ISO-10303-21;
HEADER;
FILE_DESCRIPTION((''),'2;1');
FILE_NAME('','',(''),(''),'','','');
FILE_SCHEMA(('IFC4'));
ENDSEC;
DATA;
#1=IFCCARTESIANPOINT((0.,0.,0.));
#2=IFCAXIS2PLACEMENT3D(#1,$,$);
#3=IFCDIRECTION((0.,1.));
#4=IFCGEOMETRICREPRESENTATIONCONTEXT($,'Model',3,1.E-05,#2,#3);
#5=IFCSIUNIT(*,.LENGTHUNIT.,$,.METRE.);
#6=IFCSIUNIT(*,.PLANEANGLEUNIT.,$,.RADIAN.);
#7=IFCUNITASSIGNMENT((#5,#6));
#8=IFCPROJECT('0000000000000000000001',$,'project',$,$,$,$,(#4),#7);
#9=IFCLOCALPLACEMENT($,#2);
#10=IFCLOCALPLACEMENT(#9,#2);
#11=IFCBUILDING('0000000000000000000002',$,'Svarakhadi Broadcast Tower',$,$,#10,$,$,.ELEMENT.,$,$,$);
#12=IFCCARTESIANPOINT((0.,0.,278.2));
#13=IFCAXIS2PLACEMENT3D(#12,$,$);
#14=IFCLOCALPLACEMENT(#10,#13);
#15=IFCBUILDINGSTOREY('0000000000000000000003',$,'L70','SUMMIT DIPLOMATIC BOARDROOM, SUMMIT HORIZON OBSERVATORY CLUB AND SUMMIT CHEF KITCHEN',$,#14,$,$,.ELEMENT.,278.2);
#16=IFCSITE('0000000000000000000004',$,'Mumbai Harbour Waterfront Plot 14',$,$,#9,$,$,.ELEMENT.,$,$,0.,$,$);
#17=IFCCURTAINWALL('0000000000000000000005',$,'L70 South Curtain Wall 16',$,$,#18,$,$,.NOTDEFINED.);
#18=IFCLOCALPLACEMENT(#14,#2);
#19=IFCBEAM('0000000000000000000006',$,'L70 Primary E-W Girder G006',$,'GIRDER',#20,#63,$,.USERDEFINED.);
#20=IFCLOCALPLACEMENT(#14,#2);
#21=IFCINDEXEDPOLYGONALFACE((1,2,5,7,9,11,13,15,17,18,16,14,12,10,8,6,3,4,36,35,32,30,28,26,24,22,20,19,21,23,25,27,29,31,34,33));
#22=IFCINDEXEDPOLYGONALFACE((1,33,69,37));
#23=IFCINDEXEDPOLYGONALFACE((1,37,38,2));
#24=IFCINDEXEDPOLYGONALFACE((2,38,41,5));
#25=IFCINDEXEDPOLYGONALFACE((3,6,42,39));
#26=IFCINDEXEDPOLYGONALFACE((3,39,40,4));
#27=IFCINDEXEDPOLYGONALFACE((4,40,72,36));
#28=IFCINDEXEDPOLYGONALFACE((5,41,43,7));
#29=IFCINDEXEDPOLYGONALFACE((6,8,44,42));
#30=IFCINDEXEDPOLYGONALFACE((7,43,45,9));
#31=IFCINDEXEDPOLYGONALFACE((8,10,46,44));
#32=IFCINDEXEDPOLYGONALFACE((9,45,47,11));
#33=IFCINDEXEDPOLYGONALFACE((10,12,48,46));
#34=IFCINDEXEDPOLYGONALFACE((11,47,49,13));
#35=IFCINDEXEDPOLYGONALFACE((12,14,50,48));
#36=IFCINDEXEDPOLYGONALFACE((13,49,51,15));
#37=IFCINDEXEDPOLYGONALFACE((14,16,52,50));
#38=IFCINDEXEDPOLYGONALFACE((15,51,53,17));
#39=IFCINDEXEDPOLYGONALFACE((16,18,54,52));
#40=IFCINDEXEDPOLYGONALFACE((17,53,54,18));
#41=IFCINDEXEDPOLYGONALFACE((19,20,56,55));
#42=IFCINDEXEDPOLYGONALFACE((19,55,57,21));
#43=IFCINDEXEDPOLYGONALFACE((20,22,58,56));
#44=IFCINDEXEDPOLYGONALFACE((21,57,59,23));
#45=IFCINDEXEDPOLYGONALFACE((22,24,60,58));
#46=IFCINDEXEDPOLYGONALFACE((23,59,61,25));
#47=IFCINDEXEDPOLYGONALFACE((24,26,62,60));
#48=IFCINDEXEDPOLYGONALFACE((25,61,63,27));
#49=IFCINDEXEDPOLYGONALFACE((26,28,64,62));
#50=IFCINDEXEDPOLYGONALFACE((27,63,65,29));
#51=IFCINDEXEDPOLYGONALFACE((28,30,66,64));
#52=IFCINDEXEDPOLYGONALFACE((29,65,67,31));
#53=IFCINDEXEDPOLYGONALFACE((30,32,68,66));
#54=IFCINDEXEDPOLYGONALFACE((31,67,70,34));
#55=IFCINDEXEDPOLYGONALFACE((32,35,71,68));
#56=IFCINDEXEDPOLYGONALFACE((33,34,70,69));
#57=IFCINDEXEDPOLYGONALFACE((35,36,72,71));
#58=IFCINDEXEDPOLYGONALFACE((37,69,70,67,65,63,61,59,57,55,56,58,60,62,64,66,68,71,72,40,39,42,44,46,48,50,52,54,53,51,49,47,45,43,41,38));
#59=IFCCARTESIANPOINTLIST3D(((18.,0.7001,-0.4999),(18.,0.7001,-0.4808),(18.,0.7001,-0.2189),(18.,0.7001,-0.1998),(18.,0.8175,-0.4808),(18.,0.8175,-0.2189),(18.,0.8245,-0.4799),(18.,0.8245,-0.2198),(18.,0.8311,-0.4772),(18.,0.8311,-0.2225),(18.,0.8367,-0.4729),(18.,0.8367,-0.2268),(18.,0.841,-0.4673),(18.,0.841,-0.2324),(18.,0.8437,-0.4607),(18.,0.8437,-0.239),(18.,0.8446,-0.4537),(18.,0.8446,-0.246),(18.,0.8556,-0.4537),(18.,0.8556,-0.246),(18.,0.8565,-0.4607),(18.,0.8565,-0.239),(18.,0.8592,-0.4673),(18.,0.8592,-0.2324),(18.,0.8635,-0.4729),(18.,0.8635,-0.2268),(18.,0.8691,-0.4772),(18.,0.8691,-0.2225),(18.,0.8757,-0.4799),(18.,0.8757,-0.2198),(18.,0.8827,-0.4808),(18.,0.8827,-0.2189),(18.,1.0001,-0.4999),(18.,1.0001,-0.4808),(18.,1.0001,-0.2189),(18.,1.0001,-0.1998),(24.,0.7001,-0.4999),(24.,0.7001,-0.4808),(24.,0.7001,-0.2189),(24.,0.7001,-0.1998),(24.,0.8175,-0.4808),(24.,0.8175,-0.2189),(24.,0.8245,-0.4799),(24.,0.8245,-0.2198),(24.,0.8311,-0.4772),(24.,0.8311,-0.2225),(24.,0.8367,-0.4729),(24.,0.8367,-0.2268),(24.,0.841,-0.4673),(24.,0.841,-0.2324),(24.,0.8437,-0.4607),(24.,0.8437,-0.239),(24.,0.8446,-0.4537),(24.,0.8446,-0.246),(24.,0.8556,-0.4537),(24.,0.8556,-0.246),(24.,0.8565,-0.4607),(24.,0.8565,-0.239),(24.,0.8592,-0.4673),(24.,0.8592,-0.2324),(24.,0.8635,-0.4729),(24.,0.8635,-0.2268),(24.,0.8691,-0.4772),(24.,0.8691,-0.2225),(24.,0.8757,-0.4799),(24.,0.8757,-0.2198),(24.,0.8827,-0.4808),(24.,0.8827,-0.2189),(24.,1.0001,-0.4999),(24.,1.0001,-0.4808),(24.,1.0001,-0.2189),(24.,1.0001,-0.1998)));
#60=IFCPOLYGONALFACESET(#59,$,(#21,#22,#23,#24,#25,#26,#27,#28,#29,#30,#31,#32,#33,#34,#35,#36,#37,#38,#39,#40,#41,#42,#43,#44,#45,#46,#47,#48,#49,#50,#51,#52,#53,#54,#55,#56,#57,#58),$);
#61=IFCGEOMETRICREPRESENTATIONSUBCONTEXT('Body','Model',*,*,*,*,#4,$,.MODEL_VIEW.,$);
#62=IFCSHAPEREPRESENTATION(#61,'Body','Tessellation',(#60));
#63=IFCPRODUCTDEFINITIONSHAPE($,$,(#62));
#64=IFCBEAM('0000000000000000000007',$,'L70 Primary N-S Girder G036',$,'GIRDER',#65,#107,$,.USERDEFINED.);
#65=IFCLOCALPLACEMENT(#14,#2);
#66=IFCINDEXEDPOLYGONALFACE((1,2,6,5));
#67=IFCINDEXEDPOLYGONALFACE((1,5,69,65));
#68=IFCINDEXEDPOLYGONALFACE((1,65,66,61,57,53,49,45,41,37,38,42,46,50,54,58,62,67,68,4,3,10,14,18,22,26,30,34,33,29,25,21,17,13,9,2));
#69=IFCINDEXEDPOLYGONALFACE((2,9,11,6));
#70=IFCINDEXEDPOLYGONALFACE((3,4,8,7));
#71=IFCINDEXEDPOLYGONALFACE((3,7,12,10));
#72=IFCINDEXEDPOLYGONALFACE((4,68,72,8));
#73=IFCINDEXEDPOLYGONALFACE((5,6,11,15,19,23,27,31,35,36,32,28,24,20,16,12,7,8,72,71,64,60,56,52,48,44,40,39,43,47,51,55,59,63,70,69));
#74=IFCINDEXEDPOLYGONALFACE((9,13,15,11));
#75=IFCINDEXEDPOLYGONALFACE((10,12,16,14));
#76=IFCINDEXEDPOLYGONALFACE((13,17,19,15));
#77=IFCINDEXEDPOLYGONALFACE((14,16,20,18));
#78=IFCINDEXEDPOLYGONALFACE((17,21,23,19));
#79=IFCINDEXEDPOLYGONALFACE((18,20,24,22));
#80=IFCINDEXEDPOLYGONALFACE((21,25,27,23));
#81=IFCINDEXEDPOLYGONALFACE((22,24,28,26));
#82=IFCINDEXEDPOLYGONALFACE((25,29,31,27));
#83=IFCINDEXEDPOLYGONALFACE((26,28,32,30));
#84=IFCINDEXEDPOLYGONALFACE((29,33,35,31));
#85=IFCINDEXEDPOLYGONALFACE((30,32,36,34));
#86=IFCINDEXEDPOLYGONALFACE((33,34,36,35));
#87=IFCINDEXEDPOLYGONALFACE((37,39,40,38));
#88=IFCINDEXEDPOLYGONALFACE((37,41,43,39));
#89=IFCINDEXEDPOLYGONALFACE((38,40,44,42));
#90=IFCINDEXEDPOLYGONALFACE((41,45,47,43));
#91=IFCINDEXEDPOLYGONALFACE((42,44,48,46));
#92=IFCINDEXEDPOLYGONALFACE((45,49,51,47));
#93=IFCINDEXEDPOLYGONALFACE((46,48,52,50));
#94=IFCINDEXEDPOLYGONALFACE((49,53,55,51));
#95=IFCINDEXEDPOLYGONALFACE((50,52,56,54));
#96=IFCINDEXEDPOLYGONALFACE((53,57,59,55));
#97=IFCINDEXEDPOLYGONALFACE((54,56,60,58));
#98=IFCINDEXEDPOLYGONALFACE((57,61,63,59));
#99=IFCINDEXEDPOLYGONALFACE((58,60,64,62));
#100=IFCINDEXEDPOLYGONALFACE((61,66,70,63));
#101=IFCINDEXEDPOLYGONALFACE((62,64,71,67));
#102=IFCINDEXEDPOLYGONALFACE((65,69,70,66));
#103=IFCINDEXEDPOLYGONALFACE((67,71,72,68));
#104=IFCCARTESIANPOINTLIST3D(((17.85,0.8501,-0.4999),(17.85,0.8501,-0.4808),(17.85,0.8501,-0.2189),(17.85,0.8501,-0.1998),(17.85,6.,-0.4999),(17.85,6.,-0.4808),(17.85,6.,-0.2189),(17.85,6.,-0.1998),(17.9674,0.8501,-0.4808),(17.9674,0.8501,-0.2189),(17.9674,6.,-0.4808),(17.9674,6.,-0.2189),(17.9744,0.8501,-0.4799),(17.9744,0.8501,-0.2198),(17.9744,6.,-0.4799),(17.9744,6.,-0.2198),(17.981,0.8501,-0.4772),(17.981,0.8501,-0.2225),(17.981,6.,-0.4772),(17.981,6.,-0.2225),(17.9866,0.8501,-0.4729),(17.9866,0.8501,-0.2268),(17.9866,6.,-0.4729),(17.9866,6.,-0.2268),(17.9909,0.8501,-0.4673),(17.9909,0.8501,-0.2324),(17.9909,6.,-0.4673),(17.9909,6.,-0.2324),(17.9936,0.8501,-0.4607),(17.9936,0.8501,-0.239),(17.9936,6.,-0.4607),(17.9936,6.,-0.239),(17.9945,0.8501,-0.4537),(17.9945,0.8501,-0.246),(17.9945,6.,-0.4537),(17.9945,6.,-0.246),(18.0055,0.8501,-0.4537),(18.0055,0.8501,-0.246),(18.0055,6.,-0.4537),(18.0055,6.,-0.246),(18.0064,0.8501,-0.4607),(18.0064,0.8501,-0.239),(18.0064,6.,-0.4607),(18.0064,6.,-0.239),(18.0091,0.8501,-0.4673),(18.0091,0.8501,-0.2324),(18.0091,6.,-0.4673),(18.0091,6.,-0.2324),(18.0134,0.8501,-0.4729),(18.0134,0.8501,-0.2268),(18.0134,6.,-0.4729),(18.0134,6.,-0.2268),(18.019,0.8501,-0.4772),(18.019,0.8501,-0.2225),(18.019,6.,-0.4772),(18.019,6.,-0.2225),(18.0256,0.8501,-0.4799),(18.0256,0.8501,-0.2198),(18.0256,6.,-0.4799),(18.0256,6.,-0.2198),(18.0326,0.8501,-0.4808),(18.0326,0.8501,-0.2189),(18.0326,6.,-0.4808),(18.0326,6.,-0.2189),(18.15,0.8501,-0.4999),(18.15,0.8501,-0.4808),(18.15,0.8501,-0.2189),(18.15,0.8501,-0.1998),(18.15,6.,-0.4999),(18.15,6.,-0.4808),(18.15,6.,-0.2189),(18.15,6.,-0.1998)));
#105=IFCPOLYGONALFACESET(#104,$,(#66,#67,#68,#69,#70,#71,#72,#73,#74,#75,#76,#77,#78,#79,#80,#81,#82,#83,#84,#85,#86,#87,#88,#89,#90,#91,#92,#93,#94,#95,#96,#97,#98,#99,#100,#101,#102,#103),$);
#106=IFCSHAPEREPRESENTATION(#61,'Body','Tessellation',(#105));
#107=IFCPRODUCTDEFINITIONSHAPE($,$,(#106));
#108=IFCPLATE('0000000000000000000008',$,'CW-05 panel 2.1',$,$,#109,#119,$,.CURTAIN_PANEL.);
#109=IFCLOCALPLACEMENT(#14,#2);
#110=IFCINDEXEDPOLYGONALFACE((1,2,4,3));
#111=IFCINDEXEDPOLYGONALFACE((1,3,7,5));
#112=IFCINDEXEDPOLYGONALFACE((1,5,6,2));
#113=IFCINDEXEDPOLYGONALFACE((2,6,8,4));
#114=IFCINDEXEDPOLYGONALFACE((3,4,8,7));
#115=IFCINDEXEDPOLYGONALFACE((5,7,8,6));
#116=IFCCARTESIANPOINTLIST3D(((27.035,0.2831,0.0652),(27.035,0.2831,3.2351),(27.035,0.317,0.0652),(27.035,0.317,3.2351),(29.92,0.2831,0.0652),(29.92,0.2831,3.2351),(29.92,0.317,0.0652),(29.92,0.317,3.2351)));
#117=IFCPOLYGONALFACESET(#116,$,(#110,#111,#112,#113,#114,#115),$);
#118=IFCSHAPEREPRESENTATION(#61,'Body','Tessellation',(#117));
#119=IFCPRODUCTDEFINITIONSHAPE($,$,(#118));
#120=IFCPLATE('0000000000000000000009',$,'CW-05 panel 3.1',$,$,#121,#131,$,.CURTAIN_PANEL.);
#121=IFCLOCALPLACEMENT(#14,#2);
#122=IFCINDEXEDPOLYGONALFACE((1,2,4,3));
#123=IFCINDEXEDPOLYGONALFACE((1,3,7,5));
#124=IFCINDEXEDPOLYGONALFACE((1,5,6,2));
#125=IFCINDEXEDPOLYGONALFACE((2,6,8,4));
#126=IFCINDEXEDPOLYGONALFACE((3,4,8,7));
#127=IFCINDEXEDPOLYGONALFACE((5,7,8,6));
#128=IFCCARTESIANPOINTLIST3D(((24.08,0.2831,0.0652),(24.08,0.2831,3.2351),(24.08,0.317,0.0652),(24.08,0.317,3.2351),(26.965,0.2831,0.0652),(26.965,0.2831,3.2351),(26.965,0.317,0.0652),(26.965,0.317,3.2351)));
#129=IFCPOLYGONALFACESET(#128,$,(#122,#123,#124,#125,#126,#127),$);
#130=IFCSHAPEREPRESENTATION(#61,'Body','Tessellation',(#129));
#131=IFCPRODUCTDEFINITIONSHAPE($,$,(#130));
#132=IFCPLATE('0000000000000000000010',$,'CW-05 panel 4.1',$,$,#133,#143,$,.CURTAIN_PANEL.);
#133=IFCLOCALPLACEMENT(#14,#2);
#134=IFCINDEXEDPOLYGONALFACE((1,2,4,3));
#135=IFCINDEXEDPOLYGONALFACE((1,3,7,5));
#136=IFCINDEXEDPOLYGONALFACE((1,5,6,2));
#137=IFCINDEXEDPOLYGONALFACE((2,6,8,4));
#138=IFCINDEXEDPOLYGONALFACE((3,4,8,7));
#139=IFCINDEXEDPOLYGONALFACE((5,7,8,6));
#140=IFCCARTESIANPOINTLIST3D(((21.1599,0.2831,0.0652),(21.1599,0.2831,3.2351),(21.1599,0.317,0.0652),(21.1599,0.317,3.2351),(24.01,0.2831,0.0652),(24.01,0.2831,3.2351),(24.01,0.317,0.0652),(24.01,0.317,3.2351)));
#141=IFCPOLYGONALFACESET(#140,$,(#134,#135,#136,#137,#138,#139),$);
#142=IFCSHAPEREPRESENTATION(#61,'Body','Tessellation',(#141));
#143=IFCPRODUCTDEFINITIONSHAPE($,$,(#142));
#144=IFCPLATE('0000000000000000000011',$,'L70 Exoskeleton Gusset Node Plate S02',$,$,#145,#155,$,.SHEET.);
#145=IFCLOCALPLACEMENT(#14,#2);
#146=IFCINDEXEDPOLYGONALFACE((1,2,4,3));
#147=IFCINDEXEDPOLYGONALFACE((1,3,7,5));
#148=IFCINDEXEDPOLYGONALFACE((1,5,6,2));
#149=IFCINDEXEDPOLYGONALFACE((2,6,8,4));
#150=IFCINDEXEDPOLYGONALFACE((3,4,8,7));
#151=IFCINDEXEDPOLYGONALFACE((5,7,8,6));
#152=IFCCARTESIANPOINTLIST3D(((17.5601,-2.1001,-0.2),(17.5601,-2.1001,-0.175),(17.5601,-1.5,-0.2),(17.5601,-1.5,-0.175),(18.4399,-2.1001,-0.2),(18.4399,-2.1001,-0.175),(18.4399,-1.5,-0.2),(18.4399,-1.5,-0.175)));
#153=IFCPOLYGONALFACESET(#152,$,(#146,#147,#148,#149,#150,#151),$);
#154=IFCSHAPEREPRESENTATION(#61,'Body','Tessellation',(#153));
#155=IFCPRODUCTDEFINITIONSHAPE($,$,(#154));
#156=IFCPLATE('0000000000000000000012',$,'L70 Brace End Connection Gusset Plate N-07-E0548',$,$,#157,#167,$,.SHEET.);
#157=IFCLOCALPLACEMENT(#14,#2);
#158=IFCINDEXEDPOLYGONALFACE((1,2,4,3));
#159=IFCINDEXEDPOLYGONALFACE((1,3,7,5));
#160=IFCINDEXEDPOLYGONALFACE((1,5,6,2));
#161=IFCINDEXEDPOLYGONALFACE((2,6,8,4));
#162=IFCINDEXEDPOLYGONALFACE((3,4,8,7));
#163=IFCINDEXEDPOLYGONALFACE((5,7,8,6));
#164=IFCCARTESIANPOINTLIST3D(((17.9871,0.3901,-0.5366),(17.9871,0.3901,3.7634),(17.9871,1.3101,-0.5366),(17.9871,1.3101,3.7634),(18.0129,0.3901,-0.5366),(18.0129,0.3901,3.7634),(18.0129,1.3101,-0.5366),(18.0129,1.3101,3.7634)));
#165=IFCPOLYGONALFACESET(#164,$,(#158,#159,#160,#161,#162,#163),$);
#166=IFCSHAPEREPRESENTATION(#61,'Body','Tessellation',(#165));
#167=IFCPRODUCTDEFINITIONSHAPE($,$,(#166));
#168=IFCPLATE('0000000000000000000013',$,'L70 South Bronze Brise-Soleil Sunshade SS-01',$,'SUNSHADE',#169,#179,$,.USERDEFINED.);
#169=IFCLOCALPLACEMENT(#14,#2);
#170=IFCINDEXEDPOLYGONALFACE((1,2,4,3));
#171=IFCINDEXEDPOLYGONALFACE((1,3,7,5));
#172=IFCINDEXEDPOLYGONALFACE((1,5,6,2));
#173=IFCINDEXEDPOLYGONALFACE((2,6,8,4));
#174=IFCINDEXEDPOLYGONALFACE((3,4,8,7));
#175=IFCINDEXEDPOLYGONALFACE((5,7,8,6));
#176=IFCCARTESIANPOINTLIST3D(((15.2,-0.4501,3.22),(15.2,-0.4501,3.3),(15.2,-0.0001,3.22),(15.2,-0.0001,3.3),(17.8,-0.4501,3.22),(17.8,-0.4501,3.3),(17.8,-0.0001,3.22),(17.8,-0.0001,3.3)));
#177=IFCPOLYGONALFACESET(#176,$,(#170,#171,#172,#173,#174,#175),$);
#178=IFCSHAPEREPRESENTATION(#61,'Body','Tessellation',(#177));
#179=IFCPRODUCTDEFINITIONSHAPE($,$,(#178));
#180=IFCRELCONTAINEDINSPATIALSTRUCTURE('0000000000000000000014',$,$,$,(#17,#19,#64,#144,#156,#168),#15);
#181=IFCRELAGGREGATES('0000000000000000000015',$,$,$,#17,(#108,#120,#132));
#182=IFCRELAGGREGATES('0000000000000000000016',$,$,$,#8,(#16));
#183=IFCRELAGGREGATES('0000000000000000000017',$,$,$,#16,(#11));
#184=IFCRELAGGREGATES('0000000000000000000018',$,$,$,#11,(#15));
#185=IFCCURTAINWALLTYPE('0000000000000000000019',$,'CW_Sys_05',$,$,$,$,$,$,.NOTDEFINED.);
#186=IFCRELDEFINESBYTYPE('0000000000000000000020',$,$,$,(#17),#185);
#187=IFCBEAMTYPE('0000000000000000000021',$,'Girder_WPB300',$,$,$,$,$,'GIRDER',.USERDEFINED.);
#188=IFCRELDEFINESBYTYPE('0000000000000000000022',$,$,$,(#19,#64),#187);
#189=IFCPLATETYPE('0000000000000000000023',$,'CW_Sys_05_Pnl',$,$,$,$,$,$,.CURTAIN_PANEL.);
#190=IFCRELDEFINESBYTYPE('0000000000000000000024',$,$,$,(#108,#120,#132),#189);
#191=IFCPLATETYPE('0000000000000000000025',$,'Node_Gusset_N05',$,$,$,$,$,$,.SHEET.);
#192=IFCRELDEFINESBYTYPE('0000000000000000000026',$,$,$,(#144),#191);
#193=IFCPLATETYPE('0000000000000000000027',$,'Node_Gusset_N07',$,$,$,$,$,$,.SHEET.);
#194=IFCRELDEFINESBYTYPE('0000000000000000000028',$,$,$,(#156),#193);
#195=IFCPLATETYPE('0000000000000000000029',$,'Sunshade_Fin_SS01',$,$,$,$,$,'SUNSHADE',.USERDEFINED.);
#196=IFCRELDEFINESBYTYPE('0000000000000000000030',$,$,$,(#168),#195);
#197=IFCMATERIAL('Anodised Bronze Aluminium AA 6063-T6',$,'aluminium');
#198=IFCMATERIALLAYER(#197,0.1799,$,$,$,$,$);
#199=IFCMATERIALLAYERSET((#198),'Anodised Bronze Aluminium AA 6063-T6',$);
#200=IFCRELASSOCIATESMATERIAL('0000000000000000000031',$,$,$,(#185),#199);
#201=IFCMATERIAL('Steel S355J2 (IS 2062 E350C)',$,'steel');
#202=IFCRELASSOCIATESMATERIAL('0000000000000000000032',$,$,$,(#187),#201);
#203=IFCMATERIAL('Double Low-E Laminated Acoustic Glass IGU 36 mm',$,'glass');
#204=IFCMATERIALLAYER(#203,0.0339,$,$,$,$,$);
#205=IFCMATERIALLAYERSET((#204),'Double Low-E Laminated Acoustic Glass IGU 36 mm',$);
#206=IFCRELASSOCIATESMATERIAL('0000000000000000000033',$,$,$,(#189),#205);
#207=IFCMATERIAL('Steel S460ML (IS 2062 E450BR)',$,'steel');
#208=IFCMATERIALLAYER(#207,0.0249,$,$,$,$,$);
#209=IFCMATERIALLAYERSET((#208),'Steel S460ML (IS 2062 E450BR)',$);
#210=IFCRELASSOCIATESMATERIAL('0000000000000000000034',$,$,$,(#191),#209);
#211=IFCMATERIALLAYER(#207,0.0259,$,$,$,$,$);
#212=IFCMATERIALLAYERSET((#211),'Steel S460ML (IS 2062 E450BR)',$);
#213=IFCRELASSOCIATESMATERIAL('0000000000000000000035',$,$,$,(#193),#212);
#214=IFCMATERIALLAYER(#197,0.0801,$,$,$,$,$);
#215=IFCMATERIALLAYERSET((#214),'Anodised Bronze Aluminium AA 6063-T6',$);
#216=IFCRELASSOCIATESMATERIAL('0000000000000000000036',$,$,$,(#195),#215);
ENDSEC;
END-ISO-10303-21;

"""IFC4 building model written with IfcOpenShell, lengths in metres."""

from ifc_helpers import new_model, si_unit, direction, frame, origin, origin_2d, place, context, subcontext, project, spatial, rectangle, i_section, extrude, material, layer, layer_set, material_profile, profile_set, type_object, element, aggregate, save


model = new_model("IFC4")

# Units and contexts
model_context = context("Model", 3, precision=1e-05, world=origin(), true_north=direction((0.0, 1.0)))
body_context = subcontext(model_context, "Body", "Model", "MODEL_VIEW")
ifc_project = project(units=[si_unit("LENGTHUNIT", "METRE"), si_unit("PLANEANGLEUNIT", "RADIAN")], contexts=[model_context])

# Site, building, storey
site_placement = place(None, origin())
site = spatial("IfcSite", under=ifc_project, at=site_placement, Name="Mumbai Harbour Waterfront Plot 14", CompositionType="ELEMENT", RefElevation=0.0)
building_placement = place(site_placement, origin())
building = spatial("IfcBuilding", under=site, at=building_placement, Name="Svarakhadi Broadcast Tower", CompositionType="ELEMENT")
storey_placement = place(building_placement, frame((0.0, 0.0, 278.2)))
storey = spatial("IfcBuildingStorey", under=building, at=storey_placement, Name="L70", Description="SUMMIT DIPLOMATIC BOARDROOM, SUMMIT HORIZON OBSERVATORY CLUB AND SUMMIT CHEF KITCHEN", CompositionType="ELEMENT", Elevation=278.2)

# Shared definitions
ifc_material_1 = material(Name="Steel S460ML (IS 2062 E450BR)", Category="steel")

# Curtain wall
ifc_material_2 = material(Name="Anodised Bronze Aluminium AA 6063-T6", Category="aluminium")
ifc_layer_1 = layer(ifc_material_2, 0.1799)
ifc_layer_set_1 = layer_set([ifc_layer_1], Name="Anodised Bronze Aluminium AA 6063-T6")
curtain_wall_type = type_object("IfcCurtainWallType", Name="CW_Sys_05", PredefinedType="NOTDEFINED", material=ifc_layer_set_1)
curtain_wall_placement = place(storey_placement, origin())
curtain_wall = element("IfcCurtainWall", 1, at=curtain_wall_placement, inside=storey, type_object=curtain_wall_type, Name="L70 South Curtain Wall 16", PredefinedType="NOTDEFINED")

# Beams
ifc_material_3 = material(Name="Steel S355J2 (IS 2062 E350C)", Category="steel")
ifc_material_profile_1 = material_profile(ifc_material_3, i_section(OverallWidth=0.3, OverallDepth=0.3, WebThickness=0.011, FlangeThickness=0.019, FilletRadius=0.0271, at=origin_2d()), Name="WPB 300x300x117")
ifc_profile_set_1 = profile_set([ifc_material_profile_1], Name="Steel S355J2 (IS 2062 E350C)")
beam_type = type_object("IfcBeamType", Name="Girder_WPB300", ElementType="GIRDER", PredefinedType="USERDEFINED", material=ifc_profile_set_1)
beam_1_placement = place(storey_placement, frame((18.0, 0.8501, -0.3499), z_axis=(1.0, 0.0, 0.0), x_axis=(0.0, 1.0, 0.0)))
element("IfcBeam", 2, at=beam_1_placement, inside=storey, type_object=beam_type, Name="L70 Primary E-W Girder G006", ObjectType="GIRDER", PredefinedType="USERDEFINED", context=body_context, shape_type="SweptSolid", body=[
    extrude(i_section(OverallWidth=0.3, OverallDepth=0.3, WebThickness=0.011, FlangeThickness=0.019, FilletRadius=0.0271, at=origin_2d()), origin(), (0.0, 0.0, 1.0), 6.0),
])
beam_2_placement = place(storey_placement, frame((18.0, 0.8501, -0.3499), z_axis=(0.0, 1.0, 0.0), x_axis=(-1.0, 0.0, 0.0)))
element("IfcBeam", 3, at=beam_2_placement, inside=storey, type_object=beam_type, Name="L70 Primary N-S Girder G036", ObjectType="GIRDER", PredefinedType="USERDEFINED", context=body_context, shape_type="SweptSolid", body=[
    extrude(i_section(OverallWidth=0.3, OverallDepth=0.3, WebThickness=0.011, FlangeThickness=0.019, FilletRadius=0.0271, at=origin_2d()), origin(), (0.0, 0.0, 1.0), 5.1499),
])

# Plates
ifc_material_4 = material(Name="Double Low-E Laminated Acoustic Glass IGU 36 mm", Category="glass")
ifc_layer_2 = layer(ifc_material_4, 0.0339)
ifc_layer_set_2 = layer_set([ifc_layer_2], Name="Double Low-E Laminated Acoustic Glass IGU 36 mm")
plate_type_1 = type_object("IfcPlateType", Name="CW_Sys_05_Pnl", PredefinedType="CURTAIN_PANEL", material=ifc_layer_set_2)
plate_1_placement = place(storey_placement, frame((28.4775, 0.3, 0.0652), z_axis=(0.0, 0.0, 1.0), x_axis=(-1.0, 0.0, 0.0)))
plate_1 = element("IfcPlate", 4, at=plate_1_placement, type_object=plate_type_1, Name="CW-05 panel 2.1", PredefinedType="CURTAIN_PANEL", context=body_context, shape_type="SweptSolid", body=[
    extrude(rectangle(XDim=2.885, YDim=0.0339, at=origin_2d()), origin(), (0.0, 0.0, 1.0), 3.1699),
])
plate_2_placement = place(storey_placement, frame((25.5225, 0.3, 0.0652), z_axis=(0.0, 0.0, 1.0), x_axis=(-1.0, 0.0, 0.0)))
plate_2 = element("IfcPlate", 5, at=plate_2_placement, type_object=plate_type_1, Name="CW-05 panel 3.1", PredefinedType="CURTAIN_PANEL", context=body_context, shape_type="SweptSolid", body=[
    extrude(rectangle(XDim=2.885, YDim=0.0339, at=origin_2d()), origin(), (0.0, 0.0, 1.0), 3.1699),
])
plate_3_placement = place(storey_placement, frame((22.585, 0.3, 0.0652), z_axis=(0.0, 0.0, 1.0), x_axis=(-1.0, 0.0, 0.0)))
plate_3 = element("IfcPlate", 6, at=plate_3_placement, type_object=plate_type_1, Name="CW-05 panel 4.1", PredefinedType="CURTAIN_PANEL", context=body_context, shape_type="SweptSolid", body=[
    extrude(rectangle(XDim=2.8501, YDim=0.0339, at=origin_2d()), origin(), (0.0, 0.0, 1.0), 3.1699),
])
aggregate(curtain_wall, [plate_1, plate_2, plate_3])

# Plates
ifc_layer_3 = layer(ifc_material_1, 0.0249)
ifc_layer_set_3 = layer_set([ifc_layer_3], Name="Steel S460ML (IS 2062 E450BR)")
plate_type_2 = type_object("IfcPlateType", Name="Node_Gusset_N05", PredefinedType="SHEET", material=ifc_layer_set_3)
plate_4_placement = place(storey_placement, frame((18.0, -1.8, -0.2), z_axis=(0.0, 0.0, 1.0), x_axis=(1.0, 0.0, 0.0)))
element("IfcPlate", 7, at=plate_4_placement, inside=storey, type_object=plate_type_2, Name="L70 Exoskeleton Gusset Node Plate S02", PredefinedType="SHEET", context=body_context, shape_type="SweptSolid", body=[
    extrude(rectangle(XDim=0.8799, YDim=0.6001, at=origin_2d()), origin(), (0.0, 0.0, 1.0), 0.0249),
])
ifc_layer_4 = layer(ifc_material_1, 0.0259)
ifc_layer_set_4 = layer_set([ifc_layer_4], Name="Steel S460ML (IS 2062 E450BR)")
plate_type_3 = type_object("IfcPlateType", Name="Node_Gusset_N07", PredefinedType="SHEET", material=ifc_layer_set_4)
plate_5_placement = place(storey_placement, frame((18.0, 0.8501, -0.5366), z_axis=(0.0, 0.0, 1.0), x_axis=(0.0, 1.0, 0.0)))
element("IfcPlate", 8, at=plate_5_placement, inside=storey, type_object=plate_type_3, Name="L70 Brace End Connection Gusset Plate N-07-E0548", PredefinedType="SHEET", context=body_context, shape_type="SweptSolid", body=[
    extrude(rectangle(XDim=0.9199, YDim=0.0259, at=origin_2d()), origin(), (0.0, 0.0, 1.0), 4.3),
])
ifc_layer_5 = layer(ifc_material_2, 0.0801)
ifc_layer_set_5 = layer_set([ifc_layer_5], Name="Anodised Bronze Aluminium AA 6063-T6")
plate_type_4 = type_object("IfcPlateType", Name="Sunshade_Fin_SS01", ElementType="SUNSHADE", PredefinedType="USERDEFINED", material=ifc_layer_set_5)
plate_6_placement = place(storey_placement, frame((16.5, -0.2251, 3.22), z_axis=(0.0, 0.0, 1.0), x_axis=(1.0, 0.0, 0.0)))
element("IfcPlate", 9, at=plate_6_placement, inside=storey, type_object=plate_type_4, Name="L70 South Bronze Brise-Soleil Sunshade SS-01", ObjectType="SUNSHADE", PredefinedType="USERDEFINED", context=body_context, shape_type="SweptSolid", body=[
    extrude(rectangle(XDim=2.6001, YDim=0.45, at=origin_2d()), origin(), (0.0, 0.0, 1.0), 0.0801),
])

save(model, "model.ifc")
